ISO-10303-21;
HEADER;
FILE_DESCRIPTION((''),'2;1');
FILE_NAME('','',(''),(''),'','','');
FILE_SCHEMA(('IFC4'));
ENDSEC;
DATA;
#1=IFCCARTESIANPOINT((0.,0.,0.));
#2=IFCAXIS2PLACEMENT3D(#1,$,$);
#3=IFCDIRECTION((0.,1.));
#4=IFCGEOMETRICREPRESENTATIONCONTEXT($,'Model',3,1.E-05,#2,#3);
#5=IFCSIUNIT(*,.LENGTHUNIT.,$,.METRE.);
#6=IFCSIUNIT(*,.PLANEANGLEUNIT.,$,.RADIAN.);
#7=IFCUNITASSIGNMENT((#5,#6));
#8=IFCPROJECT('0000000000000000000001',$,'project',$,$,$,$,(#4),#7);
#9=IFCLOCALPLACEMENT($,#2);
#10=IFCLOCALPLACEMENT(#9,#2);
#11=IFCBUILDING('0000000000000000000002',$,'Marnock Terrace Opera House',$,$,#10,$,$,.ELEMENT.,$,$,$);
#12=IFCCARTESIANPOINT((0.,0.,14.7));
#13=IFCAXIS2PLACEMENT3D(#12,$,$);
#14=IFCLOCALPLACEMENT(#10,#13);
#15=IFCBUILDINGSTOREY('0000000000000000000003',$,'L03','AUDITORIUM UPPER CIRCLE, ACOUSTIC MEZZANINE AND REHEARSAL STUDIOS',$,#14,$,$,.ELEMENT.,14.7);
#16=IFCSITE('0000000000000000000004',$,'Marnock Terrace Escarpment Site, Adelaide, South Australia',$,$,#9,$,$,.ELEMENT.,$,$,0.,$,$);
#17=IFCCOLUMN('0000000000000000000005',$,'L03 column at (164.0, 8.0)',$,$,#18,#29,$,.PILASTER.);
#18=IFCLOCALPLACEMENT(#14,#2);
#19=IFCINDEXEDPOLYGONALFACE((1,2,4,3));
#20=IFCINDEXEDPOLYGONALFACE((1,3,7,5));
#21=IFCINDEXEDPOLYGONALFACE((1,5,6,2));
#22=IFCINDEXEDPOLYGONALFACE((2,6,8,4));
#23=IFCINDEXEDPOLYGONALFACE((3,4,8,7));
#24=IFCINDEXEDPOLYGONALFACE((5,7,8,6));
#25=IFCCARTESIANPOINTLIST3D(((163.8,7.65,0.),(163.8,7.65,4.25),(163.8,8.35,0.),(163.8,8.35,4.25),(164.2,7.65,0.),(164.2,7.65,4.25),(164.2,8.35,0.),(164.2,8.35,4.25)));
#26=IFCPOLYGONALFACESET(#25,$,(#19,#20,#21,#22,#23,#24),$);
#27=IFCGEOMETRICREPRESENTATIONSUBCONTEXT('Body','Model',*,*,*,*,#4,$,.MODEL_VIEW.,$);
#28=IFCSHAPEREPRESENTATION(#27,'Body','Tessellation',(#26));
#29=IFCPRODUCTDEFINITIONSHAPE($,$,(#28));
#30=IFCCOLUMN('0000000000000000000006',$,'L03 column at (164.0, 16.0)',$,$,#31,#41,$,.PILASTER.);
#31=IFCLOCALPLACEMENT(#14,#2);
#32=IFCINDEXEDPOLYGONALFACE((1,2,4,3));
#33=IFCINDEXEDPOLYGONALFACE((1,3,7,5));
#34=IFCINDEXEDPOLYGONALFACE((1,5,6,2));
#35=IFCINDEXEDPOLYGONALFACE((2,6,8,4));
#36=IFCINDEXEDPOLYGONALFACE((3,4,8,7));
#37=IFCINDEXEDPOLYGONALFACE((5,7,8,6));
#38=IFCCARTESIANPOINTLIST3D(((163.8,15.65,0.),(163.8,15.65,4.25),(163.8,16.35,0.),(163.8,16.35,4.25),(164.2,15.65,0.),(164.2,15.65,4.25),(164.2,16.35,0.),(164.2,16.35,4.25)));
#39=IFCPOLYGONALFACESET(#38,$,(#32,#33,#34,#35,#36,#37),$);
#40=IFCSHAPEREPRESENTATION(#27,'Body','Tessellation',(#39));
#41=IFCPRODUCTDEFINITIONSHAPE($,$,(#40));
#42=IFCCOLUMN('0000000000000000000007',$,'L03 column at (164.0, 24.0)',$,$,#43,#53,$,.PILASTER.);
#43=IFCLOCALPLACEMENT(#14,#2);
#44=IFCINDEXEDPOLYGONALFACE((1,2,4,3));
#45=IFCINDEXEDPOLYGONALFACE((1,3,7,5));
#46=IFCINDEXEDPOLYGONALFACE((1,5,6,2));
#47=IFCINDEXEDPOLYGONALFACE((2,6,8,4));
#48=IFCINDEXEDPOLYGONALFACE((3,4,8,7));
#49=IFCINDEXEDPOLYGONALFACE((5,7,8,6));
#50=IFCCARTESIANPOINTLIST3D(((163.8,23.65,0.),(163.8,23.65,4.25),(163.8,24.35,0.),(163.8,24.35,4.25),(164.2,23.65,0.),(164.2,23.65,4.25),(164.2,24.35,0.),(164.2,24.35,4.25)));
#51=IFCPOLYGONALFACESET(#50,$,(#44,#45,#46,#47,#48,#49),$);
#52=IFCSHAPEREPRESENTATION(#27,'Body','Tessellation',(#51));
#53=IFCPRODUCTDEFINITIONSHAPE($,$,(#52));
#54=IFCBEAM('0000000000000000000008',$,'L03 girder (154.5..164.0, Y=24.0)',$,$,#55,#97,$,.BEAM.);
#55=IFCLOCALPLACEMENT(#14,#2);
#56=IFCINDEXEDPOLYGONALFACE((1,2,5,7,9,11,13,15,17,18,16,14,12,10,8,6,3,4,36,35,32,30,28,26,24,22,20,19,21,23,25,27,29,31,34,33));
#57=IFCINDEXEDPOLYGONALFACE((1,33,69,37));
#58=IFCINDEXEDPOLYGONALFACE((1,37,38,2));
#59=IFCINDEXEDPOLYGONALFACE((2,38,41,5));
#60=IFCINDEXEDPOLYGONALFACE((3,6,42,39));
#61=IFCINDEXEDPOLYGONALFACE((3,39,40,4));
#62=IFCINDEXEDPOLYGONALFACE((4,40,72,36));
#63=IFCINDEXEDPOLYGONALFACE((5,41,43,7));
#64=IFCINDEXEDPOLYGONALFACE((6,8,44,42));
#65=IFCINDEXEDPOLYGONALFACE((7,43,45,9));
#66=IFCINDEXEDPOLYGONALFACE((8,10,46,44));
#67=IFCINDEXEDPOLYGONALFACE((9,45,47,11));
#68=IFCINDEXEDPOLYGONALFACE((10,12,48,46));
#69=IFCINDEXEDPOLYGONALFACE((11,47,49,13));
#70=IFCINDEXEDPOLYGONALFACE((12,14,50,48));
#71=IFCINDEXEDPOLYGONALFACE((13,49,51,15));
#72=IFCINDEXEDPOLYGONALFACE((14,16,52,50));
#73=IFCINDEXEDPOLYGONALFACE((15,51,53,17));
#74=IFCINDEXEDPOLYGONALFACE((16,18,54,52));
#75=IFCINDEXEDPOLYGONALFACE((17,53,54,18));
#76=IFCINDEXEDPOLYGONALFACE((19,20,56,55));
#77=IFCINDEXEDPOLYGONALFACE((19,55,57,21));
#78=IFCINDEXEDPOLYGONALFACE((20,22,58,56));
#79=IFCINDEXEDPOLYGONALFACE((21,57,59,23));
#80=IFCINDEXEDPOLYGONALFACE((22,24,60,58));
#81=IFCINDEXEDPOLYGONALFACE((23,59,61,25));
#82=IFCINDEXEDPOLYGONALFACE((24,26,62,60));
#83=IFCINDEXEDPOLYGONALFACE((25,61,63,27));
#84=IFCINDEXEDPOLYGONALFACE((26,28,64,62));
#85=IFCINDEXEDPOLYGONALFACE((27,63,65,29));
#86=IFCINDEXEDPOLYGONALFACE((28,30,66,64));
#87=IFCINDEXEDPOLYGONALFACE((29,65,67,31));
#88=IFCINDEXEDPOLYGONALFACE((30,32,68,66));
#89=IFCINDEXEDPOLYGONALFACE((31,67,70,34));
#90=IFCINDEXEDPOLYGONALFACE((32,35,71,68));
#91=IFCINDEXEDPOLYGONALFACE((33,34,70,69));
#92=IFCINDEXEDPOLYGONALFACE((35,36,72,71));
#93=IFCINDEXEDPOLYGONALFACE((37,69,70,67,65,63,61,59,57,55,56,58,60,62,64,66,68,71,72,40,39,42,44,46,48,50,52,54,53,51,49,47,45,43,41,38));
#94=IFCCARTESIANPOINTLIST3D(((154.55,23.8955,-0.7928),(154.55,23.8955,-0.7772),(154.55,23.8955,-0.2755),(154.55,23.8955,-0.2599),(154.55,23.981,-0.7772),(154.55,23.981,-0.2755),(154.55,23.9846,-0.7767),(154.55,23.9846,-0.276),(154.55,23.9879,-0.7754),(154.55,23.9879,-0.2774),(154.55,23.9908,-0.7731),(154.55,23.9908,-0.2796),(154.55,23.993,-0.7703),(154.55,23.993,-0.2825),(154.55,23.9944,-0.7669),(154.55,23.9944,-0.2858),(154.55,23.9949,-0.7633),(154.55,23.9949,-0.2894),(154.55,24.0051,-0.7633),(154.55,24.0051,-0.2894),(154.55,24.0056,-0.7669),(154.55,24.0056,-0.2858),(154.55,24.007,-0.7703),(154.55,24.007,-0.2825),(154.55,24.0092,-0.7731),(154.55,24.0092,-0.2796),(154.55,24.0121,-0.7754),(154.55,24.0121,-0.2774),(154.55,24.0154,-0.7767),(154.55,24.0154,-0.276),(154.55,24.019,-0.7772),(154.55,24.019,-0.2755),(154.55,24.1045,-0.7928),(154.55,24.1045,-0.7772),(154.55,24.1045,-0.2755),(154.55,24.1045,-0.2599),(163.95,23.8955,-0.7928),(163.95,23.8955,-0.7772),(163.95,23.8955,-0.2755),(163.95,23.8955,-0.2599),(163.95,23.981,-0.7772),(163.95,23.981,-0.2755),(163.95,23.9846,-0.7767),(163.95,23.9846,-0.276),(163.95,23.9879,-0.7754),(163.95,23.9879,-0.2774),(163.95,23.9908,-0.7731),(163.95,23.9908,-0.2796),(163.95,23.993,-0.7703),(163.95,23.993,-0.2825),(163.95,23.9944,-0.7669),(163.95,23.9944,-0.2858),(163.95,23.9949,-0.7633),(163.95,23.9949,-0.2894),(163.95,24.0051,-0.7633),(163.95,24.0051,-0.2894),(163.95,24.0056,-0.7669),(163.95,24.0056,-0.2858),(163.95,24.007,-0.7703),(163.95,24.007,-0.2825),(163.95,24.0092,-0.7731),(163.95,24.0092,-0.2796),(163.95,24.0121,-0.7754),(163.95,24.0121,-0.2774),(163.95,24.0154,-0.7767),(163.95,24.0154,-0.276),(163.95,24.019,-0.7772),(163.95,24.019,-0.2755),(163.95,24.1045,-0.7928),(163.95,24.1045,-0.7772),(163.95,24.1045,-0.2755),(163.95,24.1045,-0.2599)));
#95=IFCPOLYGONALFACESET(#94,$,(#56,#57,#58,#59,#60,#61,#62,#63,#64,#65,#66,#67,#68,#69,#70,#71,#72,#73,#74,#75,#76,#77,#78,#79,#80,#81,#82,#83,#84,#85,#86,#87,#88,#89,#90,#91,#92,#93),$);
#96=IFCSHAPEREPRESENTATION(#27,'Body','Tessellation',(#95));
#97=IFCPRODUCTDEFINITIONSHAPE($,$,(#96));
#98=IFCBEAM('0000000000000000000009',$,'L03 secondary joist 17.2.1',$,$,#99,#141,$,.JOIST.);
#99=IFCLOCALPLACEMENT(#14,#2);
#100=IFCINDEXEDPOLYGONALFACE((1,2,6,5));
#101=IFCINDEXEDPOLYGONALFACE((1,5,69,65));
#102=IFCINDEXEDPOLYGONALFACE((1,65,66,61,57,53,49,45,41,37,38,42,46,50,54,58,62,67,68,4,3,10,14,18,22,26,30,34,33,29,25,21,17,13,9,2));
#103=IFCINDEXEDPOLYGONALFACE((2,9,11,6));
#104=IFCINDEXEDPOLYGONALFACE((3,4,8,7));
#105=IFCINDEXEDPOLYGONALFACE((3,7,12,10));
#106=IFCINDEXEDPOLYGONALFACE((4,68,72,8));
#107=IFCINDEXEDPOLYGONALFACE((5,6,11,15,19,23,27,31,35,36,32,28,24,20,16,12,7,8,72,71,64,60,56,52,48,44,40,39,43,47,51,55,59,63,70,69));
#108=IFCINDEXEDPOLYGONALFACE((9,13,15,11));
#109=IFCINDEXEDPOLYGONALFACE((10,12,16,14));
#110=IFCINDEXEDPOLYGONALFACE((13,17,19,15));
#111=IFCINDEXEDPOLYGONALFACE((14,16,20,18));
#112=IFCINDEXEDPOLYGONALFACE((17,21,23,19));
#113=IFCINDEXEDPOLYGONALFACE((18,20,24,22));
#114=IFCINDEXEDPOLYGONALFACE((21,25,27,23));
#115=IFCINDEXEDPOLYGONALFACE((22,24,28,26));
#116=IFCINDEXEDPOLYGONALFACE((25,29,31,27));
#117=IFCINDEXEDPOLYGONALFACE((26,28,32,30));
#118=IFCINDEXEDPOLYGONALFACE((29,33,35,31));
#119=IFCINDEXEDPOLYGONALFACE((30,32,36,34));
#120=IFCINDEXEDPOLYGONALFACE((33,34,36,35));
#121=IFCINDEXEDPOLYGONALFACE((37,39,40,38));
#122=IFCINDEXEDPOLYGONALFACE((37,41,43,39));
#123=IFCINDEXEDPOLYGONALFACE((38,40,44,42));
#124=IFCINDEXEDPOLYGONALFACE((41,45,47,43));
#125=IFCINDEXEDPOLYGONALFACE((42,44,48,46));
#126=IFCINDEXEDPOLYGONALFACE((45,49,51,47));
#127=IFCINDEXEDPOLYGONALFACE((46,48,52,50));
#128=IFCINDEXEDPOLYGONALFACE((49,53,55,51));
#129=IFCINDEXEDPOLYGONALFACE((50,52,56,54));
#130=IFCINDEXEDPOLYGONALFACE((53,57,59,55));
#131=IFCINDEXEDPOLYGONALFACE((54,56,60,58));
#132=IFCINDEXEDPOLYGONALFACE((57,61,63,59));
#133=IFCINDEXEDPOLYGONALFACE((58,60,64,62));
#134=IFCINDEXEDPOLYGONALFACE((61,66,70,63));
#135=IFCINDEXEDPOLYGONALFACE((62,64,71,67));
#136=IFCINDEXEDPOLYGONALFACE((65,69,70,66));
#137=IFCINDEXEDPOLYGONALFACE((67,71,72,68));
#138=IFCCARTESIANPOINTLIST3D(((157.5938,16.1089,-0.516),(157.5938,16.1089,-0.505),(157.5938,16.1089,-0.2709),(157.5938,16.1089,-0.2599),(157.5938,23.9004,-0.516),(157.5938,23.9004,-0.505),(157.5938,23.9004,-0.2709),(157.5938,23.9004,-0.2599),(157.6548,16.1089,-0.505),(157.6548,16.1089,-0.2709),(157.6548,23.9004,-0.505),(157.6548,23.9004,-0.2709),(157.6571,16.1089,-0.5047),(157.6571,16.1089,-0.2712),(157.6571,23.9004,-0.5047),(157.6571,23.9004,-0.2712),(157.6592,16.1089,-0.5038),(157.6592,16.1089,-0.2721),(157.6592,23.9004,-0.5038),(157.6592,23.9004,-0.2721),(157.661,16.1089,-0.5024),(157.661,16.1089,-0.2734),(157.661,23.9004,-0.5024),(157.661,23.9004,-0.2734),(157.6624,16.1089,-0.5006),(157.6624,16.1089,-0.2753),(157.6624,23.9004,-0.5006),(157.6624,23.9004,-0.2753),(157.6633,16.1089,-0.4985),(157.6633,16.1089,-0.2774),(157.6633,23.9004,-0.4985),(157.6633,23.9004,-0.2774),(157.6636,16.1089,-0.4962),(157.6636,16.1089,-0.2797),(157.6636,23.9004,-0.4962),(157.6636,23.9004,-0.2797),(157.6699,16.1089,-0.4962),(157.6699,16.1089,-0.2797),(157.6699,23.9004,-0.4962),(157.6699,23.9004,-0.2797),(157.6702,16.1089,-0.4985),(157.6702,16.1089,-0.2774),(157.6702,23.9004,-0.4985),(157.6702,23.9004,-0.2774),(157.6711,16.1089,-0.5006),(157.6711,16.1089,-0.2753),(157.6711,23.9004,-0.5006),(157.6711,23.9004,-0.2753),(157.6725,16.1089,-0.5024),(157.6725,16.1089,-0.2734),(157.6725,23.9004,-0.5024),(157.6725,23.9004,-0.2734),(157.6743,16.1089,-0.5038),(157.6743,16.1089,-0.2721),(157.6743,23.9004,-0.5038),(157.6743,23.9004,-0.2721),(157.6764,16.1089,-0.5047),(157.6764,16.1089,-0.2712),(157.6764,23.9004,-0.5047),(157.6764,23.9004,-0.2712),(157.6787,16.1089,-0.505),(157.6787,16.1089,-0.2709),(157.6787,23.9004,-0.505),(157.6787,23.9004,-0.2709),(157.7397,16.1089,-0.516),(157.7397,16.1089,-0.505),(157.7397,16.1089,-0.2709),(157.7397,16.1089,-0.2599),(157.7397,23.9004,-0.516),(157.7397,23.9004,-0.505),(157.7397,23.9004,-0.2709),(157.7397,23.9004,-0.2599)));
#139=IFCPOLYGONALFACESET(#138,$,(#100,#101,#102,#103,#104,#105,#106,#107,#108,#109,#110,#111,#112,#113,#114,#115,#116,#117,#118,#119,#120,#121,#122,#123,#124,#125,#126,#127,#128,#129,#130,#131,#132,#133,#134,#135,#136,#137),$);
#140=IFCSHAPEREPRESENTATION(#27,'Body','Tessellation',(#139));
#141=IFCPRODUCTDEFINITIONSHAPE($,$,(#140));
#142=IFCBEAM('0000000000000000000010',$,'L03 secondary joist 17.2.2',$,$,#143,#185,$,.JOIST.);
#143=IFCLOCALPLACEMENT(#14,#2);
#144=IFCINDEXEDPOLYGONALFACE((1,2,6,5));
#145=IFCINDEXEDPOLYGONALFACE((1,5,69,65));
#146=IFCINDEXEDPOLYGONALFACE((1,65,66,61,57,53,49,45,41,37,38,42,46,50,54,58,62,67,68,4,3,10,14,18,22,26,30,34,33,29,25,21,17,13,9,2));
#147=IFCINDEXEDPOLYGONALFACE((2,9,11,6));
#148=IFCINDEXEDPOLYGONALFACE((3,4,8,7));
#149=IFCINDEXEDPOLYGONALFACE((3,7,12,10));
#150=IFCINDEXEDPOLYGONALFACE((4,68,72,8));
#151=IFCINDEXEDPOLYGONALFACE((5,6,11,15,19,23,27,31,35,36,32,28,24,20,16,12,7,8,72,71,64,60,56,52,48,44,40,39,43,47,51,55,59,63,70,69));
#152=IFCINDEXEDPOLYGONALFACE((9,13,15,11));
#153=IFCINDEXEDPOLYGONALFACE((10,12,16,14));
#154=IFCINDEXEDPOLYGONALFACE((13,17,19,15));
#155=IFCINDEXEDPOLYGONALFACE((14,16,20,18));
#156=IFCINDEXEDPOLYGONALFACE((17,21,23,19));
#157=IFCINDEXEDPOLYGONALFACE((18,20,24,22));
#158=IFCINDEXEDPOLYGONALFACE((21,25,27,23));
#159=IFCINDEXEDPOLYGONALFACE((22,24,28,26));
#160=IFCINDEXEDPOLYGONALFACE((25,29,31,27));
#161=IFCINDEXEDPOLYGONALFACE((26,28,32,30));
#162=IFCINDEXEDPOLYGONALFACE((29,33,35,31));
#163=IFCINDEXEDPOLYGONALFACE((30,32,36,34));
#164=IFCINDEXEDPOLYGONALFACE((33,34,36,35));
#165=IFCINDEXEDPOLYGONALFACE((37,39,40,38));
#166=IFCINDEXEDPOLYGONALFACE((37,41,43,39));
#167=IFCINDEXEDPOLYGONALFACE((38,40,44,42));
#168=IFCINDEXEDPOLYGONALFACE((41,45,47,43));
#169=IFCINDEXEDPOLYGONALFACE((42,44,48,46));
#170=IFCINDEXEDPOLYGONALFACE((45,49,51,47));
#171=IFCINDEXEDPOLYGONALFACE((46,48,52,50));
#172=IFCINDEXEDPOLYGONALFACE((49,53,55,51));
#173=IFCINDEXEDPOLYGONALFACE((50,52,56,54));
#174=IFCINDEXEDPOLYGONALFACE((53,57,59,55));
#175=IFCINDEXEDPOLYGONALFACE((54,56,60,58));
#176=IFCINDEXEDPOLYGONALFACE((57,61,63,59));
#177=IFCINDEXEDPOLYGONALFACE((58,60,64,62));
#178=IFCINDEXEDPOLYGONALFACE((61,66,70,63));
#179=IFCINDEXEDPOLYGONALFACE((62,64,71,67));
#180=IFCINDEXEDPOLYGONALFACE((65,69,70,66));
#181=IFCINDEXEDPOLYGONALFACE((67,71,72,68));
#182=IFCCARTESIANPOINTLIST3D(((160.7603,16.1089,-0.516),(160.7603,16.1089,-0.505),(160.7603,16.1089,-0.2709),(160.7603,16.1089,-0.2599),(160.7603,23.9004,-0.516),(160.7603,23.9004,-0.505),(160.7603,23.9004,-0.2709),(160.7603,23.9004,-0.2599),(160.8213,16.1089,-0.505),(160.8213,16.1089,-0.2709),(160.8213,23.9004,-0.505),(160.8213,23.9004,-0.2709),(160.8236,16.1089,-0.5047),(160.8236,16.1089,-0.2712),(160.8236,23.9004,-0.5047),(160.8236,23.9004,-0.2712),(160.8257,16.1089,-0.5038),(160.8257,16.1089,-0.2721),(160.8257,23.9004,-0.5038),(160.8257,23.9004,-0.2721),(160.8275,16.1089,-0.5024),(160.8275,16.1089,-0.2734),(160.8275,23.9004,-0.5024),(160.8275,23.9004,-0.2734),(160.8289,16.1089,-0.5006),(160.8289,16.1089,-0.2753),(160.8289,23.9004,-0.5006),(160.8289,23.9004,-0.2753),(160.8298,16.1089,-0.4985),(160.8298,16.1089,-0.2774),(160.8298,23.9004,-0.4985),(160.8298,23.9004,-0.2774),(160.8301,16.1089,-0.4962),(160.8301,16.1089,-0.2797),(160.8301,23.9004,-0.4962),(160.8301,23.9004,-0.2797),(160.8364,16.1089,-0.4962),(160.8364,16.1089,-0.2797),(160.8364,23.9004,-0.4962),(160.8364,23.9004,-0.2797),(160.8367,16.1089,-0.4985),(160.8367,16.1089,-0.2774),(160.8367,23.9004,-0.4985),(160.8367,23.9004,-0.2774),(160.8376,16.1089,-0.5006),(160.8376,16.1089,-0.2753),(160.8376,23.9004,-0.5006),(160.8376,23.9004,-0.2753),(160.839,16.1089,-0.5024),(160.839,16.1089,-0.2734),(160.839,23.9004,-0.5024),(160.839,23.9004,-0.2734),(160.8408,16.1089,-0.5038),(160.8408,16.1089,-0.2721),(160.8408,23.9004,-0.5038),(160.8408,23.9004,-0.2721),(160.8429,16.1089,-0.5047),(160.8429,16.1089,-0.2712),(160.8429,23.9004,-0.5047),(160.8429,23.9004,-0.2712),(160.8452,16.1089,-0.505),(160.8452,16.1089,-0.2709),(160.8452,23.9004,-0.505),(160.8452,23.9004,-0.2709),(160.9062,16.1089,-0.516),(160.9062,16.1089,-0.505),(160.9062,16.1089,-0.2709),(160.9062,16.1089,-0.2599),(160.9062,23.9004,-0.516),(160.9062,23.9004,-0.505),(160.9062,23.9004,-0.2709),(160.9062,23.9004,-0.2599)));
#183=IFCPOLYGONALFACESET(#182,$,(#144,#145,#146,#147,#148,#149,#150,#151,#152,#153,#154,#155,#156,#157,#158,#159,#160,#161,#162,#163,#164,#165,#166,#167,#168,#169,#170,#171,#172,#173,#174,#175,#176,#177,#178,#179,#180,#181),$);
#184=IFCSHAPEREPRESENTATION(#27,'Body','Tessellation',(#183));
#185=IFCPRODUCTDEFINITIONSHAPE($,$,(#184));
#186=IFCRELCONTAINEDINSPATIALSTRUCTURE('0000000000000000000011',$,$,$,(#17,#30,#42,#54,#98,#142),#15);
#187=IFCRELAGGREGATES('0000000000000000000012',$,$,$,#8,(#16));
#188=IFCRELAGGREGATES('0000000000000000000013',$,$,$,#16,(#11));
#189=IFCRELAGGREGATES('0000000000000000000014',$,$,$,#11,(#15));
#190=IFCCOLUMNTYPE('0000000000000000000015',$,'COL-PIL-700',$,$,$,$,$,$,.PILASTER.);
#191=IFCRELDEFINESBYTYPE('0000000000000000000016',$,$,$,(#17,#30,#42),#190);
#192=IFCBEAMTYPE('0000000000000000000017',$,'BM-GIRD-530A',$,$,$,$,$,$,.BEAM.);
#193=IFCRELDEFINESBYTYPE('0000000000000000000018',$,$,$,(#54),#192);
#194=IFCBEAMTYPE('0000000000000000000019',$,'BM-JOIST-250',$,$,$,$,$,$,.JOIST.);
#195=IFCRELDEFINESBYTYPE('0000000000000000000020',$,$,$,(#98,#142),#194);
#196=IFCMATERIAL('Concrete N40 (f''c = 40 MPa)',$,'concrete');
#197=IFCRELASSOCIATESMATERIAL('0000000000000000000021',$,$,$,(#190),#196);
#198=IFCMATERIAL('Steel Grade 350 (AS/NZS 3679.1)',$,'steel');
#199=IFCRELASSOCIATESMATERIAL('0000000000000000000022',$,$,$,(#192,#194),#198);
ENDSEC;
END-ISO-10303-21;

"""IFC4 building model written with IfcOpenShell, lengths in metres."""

from ifc_helpers import new_model, si_unit, direction, frame, origin, origin_2d, place, context, subcontext, project, spatial, rectangle, i_section, extrude, material, material_profile, profile_set, type_object, element, save


model = new_model("IFC4")

# Units and contexts
model_context = context("Model", 3, precision=1e-05, world=origin(), true_north=direction((0.0, 1.0)))
body_context = subcontext(model_context, "Body", "Model", "MODEL_VIEW")
ifc_project = project(units=[si_unit("LENGTHUNIT", "METRE"), si_unit("PLANEANGLEUNIT", "RADIAN")], contexts=[model_context])

# Site, building, storey
site_placement = place(None, origin())
site = spatial("IfcSite", under=ifc_project, at=site_placement, Name="Marnock Terrace Escarpment Site, Adelaide, South Australia", CompositionType="ELEMENT", RefElevation=0.0)
building_placement = place(site_placement, origin())
building = spatial("IfcBuilding", under=site, at=building_placement, Name="Marnock Terrace Opera House", CompositionType="ELEMENT")
storey_placement = place(building_placement, frame((0.0, 0.0, 14.7)))
storey = spatial("IfcBuildingStorey", under=building, at=storey_placement, Name="L03", Description="AUDITORIUM UPPER CIRCLE, ACOUSTIC MEZZANINE AND REHEARSAL STUDIOS", CompositionType="ELEMENT", Elevation=14.7)

# Columns
ifc_material_1 = material(Name="Concrete N40 (f'c = 40 MPa)", Category="concrete")
ifc_material_profile_1 = material_profile(ifc_material_1, rectangle(XDim=0.3999, YDim=0.7, at=origin_2d()))
ifc_profile_set_1 = profile_set([ifc_material_profile_1], Name="Concrete N40 (f'c = 40 MPa)")
column_type = type_object("IfcColumnType", Name="COL-PIL-700", PredefinedType="PILASTER", material=ifc_profile_set_1)
for number, where, z_axis, x_axis, name in (
    (1, (164.0, 8.0, 0.0), (0.0, 0.0, 1.0), (1.0, 0.0, 0.0), "L03 column at (164.0, 8.0)"),
    (2, (164.0, 16.0, 0.0), (0.0, 0.0, 1.0), (1.0, 0.0, 0.0), "L03 column at (164.0, 16.0)"),
    (3, (164.0, 24.0, 0.0), (0.0, 0.0, 1.0), (1.0, 0.0, 0.0), "L03 column at (164.0, 24.0)"),
):
    element("IfcColumn", number, at=place(storey_placement, frame(where, z_axis=z_axis, x_axis=x_axis)), inside=storey, type_object=column_type, Name=name, PredefinedType="PILASTER", context=body_context, shape_type="SweptSolid", body=[
        extrude(rectangle(XDim=0.3999, YDim=0.7, at=origin_2d()), origin(), (0.0, 0.0, 1.0), 4.25),
    ])

# Beams
ifc_material_2 = material(Name="Steel Grade 350 (AS/NZS 3679.1)", Category="steel")
ifc_material_profile_2 = material_profile(ifc_material_2, i_section(OverallWidth=0.209, OverallDepth=0.533, WebThickness=0.0103, FlangeThickness=0.0156, FilletRadius=0.0139, at=origin_2d()))
ifc_profile_set_2 = profile_set([ifc_material_profile_2], Name="Steel Grade 350 (AS/NZS 3679.1)")
beam_type_1 = type_object("IfcBeamType", Name="BM-GIRD-530A", PredefinedType="BEAM", material=ifc_profile_set_2)
beam_placement = place(storey_placement, frame((154.55, 24.0, -0.5264), z_axis=(1.0, 0.0, 0.0), x_axis=(0.0, 1.0, 0.0)))
element("IfcBeam", 4, at=beam_placement, inside=storey, type_object=beam_type_1, Name="L03 girder (154.5..164.0, Y=24.0)", PredefinedType="BEAM", context=body_context, shape_type="SweptSolid", body=[
    extrude(i_section(OverallWidth=0.209, OverallDepth=0.533, WebThickness=0.0103, FlangeThickness=0.0156, FilletRadius=0.0139, at=origin_2d()), origin(), (0.0, 0.0, 1.0), 9.3999),
])
ifc_material_profile_3 = material_profile(ifc_material_2, i_section(OverallWidth=0.146, OverallDepth=0.2561, WebThickness=0.0063, FlangeThickness=0.011, FilletRadius=0.0088, at=origin_2d()))
ifc_profile_set_3 = profile_set([ifc_material_profile_3], Name="Steel Grade 350 (AS/NZS 3679.1)")
beam_type_2 = type_object("IfcBeamType", Name="BM-JOIST-250", PredefinedType="JOIST", material=ifc_profile_set_3)
for number, where, z_axis, x_axis, name in (
    (5, (157.6667, 16.1089, -0.3879), (0.0, 1.0, 0.0), (-1.0, 0.0, 0.0), "L03 secondary joist 17.2.1"),
    (6, (160.8333, 16.1089, -0.3879), (0.0, 1.0, 0.0), (-1.0, 0.0, 0.0), "L03 secondary joist 17.2.2"),
):
    element("IfcBeam", number, at=place(storey_placement, frame(where, z_axis=z_axis, x_axis=x_axis)), inside=storey, type_object=beam_type_2, Name=name, PredefinedType="JOIST", context=body_context, shape_type="SweptSolid", body=[
        extrude(i_section(OverallWidth=0.146, OverallDepth=0.2561, WebThickness=0.0063, FlangeThickness=0.011, FilletRadius=0.0088, at=origin_2d()), origin(), (0.0, 0.0, 1.0), 7.7915),
    ])

save(model, "model.ifc")
